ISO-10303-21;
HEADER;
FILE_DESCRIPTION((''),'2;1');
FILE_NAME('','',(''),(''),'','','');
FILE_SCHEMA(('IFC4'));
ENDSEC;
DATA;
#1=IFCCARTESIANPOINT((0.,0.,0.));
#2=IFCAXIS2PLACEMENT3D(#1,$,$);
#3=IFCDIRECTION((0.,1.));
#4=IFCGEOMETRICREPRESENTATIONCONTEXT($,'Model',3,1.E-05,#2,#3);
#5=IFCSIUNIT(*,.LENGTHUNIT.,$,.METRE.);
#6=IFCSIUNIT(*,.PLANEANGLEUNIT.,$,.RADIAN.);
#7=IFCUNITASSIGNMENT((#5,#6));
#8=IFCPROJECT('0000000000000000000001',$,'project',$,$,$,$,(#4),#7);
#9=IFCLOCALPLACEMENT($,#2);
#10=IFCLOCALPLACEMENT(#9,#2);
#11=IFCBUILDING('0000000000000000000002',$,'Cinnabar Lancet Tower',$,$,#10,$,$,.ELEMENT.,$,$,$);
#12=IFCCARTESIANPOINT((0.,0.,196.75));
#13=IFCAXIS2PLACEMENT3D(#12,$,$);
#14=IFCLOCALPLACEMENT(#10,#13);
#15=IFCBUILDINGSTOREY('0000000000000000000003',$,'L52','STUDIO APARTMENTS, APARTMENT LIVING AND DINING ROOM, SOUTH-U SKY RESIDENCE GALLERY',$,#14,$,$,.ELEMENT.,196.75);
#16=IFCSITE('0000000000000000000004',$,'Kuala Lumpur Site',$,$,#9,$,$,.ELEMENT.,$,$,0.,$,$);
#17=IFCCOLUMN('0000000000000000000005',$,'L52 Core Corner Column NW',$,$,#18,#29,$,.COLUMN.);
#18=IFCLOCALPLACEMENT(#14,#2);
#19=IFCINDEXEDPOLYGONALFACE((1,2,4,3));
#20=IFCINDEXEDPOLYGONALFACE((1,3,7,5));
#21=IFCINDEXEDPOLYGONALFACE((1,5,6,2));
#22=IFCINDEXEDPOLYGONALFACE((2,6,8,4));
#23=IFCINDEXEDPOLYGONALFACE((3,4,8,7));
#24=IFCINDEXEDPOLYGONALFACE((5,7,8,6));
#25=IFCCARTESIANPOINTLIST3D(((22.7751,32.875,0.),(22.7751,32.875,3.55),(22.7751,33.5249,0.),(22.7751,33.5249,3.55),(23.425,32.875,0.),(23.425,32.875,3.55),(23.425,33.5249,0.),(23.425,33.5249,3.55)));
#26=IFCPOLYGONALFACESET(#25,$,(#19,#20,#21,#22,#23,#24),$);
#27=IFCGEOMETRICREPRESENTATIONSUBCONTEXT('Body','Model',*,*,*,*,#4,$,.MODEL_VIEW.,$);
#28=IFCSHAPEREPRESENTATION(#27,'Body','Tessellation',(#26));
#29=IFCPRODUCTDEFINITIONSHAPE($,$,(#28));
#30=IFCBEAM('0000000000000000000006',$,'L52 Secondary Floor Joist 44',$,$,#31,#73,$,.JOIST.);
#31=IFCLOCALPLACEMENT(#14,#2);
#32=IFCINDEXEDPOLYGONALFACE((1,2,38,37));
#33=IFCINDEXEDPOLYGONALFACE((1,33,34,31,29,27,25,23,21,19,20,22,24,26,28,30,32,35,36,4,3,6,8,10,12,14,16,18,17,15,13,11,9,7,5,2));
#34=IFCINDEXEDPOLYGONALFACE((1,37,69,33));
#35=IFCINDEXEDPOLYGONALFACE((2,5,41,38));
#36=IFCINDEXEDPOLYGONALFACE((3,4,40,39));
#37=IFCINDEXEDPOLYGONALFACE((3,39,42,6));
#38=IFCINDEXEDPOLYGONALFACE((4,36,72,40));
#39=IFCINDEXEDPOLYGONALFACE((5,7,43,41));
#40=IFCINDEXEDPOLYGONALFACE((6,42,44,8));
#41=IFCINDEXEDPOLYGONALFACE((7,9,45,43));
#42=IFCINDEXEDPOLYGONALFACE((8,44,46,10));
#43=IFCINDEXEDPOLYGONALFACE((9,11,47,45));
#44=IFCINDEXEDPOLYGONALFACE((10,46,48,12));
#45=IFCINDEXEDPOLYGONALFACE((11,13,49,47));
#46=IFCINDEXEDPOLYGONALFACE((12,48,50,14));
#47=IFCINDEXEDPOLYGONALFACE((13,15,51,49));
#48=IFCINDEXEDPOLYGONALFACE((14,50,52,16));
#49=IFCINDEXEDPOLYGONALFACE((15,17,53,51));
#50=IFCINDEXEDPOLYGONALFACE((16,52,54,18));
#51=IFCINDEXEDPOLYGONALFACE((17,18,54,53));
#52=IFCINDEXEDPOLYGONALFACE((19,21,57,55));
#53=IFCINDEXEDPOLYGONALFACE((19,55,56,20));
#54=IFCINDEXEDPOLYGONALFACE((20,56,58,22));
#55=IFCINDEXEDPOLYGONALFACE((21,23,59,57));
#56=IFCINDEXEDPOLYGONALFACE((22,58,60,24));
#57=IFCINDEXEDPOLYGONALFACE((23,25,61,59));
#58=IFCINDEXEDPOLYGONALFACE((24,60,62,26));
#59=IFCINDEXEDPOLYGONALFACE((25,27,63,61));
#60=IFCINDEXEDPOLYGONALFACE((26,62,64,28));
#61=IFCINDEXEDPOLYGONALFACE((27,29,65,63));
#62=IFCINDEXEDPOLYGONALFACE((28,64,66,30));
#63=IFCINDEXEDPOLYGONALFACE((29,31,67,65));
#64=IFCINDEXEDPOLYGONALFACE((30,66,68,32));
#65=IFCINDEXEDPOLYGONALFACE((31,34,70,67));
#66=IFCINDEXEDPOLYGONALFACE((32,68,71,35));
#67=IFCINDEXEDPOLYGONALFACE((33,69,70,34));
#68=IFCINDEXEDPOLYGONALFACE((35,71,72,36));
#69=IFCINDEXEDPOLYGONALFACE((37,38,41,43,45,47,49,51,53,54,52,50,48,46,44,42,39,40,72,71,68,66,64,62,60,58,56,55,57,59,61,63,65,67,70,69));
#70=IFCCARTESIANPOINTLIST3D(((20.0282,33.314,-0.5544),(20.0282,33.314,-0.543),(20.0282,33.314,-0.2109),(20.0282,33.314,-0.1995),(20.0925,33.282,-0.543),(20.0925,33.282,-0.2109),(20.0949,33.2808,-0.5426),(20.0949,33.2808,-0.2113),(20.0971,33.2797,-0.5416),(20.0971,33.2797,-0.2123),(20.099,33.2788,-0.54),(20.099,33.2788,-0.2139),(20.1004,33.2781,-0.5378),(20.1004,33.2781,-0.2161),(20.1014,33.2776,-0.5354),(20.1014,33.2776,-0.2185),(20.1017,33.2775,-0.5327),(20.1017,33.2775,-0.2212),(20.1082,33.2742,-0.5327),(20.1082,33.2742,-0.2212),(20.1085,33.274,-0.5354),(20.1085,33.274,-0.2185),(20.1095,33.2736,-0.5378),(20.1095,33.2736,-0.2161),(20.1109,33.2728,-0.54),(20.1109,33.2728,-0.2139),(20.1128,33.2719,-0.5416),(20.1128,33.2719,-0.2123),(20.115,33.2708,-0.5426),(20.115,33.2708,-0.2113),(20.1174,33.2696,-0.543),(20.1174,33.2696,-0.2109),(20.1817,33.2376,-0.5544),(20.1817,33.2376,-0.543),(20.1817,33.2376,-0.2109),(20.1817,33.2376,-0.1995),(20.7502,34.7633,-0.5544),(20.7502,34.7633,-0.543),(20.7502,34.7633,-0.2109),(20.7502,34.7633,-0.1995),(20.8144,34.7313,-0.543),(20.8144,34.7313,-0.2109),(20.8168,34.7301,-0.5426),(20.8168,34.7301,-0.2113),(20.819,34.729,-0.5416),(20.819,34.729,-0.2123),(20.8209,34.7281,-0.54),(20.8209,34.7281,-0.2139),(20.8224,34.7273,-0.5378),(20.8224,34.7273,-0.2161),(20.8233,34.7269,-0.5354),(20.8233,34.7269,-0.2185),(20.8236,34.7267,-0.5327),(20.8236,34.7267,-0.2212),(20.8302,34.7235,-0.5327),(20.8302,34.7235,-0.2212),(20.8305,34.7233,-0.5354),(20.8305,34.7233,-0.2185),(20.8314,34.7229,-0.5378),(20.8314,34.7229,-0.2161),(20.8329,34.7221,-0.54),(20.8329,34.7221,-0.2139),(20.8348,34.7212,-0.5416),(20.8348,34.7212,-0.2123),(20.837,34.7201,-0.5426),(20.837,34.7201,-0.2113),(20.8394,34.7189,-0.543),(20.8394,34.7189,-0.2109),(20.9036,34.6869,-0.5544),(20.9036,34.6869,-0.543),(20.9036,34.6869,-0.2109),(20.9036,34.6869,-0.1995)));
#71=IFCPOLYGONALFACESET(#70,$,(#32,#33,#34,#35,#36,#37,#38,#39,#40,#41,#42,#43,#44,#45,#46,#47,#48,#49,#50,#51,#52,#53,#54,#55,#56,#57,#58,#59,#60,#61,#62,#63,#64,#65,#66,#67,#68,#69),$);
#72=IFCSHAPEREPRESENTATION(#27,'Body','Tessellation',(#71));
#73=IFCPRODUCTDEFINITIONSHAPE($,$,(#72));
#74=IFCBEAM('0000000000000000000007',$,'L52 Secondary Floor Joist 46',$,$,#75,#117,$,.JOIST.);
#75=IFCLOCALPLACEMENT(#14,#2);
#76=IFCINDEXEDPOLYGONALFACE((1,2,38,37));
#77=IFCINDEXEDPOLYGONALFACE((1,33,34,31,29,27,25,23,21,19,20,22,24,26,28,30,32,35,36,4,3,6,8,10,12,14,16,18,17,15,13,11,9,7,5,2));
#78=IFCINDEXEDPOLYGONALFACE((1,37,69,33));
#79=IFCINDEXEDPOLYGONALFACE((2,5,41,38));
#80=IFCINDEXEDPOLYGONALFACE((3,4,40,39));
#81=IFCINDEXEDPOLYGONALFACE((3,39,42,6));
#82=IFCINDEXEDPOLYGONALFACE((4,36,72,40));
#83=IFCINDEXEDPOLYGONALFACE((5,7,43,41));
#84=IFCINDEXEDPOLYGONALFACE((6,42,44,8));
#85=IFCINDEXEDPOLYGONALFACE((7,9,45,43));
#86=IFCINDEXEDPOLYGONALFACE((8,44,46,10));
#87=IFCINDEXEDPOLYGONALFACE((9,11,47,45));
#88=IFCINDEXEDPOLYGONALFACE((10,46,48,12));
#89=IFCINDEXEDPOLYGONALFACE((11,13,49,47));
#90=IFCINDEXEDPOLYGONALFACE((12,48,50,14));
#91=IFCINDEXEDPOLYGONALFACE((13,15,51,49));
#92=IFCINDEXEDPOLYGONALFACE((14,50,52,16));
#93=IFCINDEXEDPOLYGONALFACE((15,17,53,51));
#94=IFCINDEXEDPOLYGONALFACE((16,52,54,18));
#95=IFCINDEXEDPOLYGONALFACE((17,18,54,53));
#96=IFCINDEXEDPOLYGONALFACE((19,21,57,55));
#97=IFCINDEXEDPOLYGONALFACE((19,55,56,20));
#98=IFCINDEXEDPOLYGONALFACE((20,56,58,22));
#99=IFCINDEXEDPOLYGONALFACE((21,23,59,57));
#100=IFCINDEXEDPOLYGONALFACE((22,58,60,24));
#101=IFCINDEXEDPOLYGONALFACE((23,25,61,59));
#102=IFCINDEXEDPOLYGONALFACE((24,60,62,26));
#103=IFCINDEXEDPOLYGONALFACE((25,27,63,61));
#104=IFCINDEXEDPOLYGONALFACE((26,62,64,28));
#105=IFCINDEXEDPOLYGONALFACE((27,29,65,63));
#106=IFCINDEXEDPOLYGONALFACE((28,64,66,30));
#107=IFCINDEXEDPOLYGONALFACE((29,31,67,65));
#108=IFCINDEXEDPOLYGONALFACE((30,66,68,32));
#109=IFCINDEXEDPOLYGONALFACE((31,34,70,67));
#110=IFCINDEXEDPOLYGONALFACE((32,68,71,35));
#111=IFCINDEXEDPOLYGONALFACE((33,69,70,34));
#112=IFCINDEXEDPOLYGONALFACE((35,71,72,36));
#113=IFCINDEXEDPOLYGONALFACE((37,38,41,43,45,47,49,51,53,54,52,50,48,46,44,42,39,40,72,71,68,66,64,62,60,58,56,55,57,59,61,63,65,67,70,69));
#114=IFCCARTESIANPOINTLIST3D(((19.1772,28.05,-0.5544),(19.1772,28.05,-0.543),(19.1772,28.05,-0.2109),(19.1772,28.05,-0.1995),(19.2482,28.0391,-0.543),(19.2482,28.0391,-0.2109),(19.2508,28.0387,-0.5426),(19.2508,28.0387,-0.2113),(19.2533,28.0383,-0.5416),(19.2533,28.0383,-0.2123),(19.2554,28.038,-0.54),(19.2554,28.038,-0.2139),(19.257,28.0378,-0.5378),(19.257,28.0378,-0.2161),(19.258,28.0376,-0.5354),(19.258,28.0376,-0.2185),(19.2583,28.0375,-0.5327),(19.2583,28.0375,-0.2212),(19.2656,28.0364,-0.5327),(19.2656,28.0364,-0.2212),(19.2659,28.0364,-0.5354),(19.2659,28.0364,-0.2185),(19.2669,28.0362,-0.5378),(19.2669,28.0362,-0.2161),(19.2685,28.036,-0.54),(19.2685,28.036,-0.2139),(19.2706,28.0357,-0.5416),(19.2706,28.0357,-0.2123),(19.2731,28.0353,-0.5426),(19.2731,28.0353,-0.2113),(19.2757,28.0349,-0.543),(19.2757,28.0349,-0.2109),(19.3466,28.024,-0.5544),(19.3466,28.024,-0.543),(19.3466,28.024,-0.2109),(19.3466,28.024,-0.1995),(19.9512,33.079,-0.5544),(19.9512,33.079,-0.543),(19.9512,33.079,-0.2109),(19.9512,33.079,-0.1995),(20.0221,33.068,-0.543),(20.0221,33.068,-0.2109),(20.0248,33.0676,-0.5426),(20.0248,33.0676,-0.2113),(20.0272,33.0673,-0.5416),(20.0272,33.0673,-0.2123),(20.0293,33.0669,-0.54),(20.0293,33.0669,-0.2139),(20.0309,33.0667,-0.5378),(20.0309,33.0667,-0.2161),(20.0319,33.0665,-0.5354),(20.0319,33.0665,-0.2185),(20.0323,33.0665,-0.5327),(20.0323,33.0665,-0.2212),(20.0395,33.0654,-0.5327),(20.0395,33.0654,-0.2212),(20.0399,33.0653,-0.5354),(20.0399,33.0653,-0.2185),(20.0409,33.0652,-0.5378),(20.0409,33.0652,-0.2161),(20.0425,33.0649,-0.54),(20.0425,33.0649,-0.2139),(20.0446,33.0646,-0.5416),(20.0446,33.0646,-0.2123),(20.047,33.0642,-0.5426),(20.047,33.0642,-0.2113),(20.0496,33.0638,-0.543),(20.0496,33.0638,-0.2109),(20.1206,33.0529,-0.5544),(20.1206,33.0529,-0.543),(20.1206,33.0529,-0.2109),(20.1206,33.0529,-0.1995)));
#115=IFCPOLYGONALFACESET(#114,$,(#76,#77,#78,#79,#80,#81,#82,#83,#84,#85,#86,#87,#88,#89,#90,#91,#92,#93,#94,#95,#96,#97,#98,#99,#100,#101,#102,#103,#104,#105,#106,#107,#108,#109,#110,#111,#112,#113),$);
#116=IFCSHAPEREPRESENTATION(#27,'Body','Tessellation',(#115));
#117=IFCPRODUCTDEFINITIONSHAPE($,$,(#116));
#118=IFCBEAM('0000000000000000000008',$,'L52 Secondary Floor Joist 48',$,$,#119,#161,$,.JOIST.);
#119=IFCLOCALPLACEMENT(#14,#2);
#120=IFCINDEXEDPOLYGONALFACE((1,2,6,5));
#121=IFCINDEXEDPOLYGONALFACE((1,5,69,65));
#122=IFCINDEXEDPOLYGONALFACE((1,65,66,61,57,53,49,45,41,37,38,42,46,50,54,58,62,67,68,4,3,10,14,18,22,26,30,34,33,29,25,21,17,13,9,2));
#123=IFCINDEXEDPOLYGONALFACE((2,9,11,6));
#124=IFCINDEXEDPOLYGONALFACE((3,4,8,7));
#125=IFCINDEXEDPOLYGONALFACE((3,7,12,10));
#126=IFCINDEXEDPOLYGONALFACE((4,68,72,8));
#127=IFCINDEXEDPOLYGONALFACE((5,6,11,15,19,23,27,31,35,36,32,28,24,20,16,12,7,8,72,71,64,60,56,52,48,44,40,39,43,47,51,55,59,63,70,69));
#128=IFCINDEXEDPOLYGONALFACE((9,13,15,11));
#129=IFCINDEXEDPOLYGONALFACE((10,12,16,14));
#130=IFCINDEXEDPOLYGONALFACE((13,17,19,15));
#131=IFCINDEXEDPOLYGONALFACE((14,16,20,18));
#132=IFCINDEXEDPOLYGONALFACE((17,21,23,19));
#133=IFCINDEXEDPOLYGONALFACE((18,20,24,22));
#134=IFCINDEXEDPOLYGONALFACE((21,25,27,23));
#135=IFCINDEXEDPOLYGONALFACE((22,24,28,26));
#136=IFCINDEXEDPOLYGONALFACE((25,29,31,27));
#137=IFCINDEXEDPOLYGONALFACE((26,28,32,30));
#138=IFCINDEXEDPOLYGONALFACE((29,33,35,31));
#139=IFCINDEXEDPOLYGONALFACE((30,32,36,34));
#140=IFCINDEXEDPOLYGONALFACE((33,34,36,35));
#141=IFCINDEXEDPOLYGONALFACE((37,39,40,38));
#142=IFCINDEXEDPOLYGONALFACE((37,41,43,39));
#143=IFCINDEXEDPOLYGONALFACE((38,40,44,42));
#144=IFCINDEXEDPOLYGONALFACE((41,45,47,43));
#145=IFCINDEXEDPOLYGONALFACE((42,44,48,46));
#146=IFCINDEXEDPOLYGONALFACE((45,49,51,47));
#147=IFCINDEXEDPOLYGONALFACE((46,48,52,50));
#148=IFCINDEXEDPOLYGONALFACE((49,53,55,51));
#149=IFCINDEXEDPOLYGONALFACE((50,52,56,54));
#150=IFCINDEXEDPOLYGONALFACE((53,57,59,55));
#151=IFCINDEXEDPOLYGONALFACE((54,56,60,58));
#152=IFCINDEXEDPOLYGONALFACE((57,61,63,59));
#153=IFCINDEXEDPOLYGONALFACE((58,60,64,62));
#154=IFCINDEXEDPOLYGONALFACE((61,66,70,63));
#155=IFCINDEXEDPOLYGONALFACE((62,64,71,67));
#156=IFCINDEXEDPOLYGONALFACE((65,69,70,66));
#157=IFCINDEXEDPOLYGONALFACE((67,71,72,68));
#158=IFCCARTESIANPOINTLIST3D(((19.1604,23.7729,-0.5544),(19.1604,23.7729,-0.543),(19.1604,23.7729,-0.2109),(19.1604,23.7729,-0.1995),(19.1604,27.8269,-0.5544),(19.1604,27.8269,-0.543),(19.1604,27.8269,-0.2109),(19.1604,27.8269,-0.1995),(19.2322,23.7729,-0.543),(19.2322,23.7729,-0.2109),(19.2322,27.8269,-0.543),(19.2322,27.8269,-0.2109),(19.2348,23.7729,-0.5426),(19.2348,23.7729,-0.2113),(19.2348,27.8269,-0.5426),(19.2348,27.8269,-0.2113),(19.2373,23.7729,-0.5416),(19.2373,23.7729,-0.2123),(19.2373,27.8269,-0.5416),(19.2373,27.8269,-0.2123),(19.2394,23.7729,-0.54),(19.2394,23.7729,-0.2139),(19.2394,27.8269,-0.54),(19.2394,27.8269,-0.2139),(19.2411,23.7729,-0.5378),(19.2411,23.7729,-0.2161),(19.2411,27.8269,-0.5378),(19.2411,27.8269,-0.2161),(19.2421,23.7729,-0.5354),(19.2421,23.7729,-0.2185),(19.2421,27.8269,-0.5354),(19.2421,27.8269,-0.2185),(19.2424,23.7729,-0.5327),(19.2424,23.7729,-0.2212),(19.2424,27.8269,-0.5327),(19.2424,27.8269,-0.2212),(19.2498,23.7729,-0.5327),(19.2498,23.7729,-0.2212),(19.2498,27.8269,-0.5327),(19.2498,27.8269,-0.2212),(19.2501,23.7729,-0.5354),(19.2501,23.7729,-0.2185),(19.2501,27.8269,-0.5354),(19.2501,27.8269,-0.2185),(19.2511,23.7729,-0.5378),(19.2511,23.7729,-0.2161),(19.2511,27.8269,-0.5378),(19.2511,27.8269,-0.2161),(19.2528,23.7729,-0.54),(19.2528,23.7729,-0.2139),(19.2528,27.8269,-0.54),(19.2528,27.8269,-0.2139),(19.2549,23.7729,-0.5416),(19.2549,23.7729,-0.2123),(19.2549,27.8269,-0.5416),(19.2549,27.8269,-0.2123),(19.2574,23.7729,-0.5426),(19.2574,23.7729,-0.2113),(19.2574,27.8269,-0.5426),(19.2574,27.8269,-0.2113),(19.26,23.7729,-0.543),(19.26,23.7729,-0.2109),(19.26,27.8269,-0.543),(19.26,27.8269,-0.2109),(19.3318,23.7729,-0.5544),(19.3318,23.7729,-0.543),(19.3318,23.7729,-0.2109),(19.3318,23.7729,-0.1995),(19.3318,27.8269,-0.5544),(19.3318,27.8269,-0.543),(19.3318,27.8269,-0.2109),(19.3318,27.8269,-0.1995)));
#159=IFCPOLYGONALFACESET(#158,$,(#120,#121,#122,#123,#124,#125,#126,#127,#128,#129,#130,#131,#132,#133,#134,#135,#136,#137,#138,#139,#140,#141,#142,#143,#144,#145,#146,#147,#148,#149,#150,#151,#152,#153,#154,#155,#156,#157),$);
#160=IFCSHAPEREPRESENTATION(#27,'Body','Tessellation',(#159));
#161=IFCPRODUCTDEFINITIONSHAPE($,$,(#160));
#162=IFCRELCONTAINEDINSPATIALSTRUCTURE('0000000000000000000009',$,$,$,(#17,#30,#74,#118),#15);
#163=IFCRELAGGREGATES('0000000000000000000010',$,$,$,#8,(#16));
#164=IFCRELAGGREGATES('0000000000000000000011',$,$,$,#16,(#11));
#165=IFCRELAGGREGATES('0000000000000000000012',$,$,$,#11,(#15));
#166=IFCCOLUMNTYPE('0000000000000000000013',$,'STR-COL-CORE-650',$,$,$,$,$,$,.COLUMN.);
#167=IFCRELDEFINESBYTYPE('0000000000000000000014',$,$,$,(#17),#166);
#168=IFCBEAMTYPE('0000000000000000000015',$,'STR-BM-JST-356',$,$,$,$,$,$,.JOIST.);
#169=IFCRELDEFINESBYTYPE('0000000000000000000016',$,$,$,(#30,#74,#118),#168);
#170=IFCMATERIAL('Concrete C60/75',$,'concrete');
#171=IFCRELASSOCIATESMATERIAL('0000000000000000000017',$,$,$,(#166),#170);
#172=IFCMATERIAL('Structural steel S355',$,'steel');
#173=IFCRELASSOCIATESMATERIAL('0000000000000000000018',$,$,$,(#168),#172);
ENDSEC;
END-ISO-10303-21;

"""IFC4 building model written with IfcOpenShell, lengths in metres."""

from ifc_helpers import new_model, si_unit, direction, frame, origin, origin_2d, place, context, subcontext, project, spatial, rectangle, i_section, extrude, material, material_profile, profile_set, type_object, element, save


model = new_model("IFC4")

# Units and contexts
model_context = context("Model", 3, precision=1e-05, world=origin(), true_north=direction((0.0, 1.0)))
body_context = subcontext(model_context, "Body", "Model", "MODEL_VIEW")
ifc_project = project(units=[si_unit("LENGTHUNIT", "METRE"), si_unit("PLANEANGLEUNIT", "RADIAN")], contexts=[model_context])

# Site, building, storey
site_placement = place(None, origin())
site = spatial("IfcSite", under=ifc_project, at=site_placement, Name="Kuala Lumpur Site", CompositionType="ELEMENT", RefElevation=0.0)
building_placement = place(site_placement, origin())
building = spatial("IfcBuilding", under=site, at=building_placement, Name="Cinnabar Lancet Tower", CompositionType="ELEMENT")
storey_placement = place(building_placement, frame((0.0, 0.0, 196.75)))
storey = spatial("IfcBuildingStorey", under=building, at=storey_placement, Name="L52", Description="STUDIO APARTMENTS, APARTMENT LIVING AND DINING ROOM, SOUTH-U SKY RESIDENCE GALLERY", CompositionType="ELEMENT", Elevation=196.75)

# Column
ifc_material_1 = material(Name="Concrete C60/75", Category="concrete")
ifc_material_profile_1 = material_profile(ifc_material_1, rectangle(XDim=0.6499, YDim=0.6499, at=origin_2d()), Name="RC-COL 650x650")
ifc_profile_set_1 = profile_set([ifc_material_profile_1], Name="Concrete C60/75")
column_type = type_object("IfcColumnType", Name="STR-COL-CORE-650", PredefinedType="COLUMN", material=ifc_profile_set_1)
column_placement = place(storey_placement, frame((23.1001, 33.2, 0.0), z_axis=(0.0, 0.0, 1.0), x_axis=(1.0, 0.0, 0.0)))
element("IfcColumn", 1, at=column_placement, inside=storey, type_object=column_type, Name="L52 Core Corner Column NW", PredefinedType="COLUMN", context=body_context, shape_type="SweptSolid", body=[
    extrude(rectangle(XDim=0.6499, YDim=0.6499, at=origin_2d()), origin(), (0.0, 0.0, 1.0), 3.55),
])

# Beams
ifc_material_2 = material(Name="Structural steel S355", Category="steel")
ifc_material_profile_2 = material_profile(ifc_material_2, i_section(OverallWidth=0.1714, OverallDepth=0.355, WebThickness=0.0073, FlangeThickness=0.0115, FilletRadius=0.0103, at=origin_2d()), Name="UKB 356x171x51")
ifc_profile_set_2 = profile_set([ifc_material_profile_2], Name="Structural steel S355")
beam_type_1 = type_object("IfcBeamType", Name="STR-BM-JST-356", PredefinedType="JOIST", material=ifc_profile_set_2)
beam_1_placement = place(storey_placement, frame((20.8269, 34.7251, -0.377), z_axis=(-0.445886, -0.89509, 0.0), x_axis=(0.89509, -0.445886, 0.0)))
element("IfcBeam", 2, at=beam_1_placement, inside=storey, type_object=beam_type_1, Name="L52 Secondary Floor Joist 44", PredefinedType="JOIST", context=body_context, shape_type="SweptSolid", body=[
    extrude(i_section(OverallWidth=0.1714, OverallDepth=0.355, WebThickness=0.0073, FlangeThickness=0.0115, FilletRadius=0.0103, at=origin_2d()), origin(), (0.0, 0.0, 1.0), 1.6191),
])
beam_2_placement = place(storey_placement, frame((20.0359, 33.0659, -0.377), z_axis=(-0.152108, -0.988364, 0.0), x_axis=(0.988364, -0.152108, 0.0)))
element("IfcBeam", 3, at=beam_2_placement, inside=storey, type_object=beam_type_1, Name="L52 Secondary Floor Joist 46", PredefinedType="JOIST", context=body_context, shape_type="SweptSolid", body=[
    extrude(i_section(OverallWidth=0.1714, OverallDepth=0.355, WebThickness=0.0073, FlangeThickness=0.0115, FilletRadius=0.0103, at=origin_2d()), origin(), (0.0, 0.0, 1.0), 5.0881),
])
beam_3_placement = place(storey_placement, frame((19.2461, 27.8269, -0.377), z_axis=(0.0, -1.0, 0.0), x_axis=(1.0, 0.0, 0.0)))
element("IfcBeam", 4, at=beam_3_placement, inside=storey, type_object=beam_type_1, Name="L52 Secondary Floor Joist 48", PredefinedType="JOIST", context=body_context, shape_type="SweptSolid", body=[
    extrude(i_section(OverallWidth=0.1714, OverallDepth=0.355, WebThickness=0.0073, FlangeThickness=0.0115, FilletRadius=0.0103, at=origin_2d()), origin(), (0.0, 0.0, 1.0), 4.054),
])

save(model, "model.ifc")
